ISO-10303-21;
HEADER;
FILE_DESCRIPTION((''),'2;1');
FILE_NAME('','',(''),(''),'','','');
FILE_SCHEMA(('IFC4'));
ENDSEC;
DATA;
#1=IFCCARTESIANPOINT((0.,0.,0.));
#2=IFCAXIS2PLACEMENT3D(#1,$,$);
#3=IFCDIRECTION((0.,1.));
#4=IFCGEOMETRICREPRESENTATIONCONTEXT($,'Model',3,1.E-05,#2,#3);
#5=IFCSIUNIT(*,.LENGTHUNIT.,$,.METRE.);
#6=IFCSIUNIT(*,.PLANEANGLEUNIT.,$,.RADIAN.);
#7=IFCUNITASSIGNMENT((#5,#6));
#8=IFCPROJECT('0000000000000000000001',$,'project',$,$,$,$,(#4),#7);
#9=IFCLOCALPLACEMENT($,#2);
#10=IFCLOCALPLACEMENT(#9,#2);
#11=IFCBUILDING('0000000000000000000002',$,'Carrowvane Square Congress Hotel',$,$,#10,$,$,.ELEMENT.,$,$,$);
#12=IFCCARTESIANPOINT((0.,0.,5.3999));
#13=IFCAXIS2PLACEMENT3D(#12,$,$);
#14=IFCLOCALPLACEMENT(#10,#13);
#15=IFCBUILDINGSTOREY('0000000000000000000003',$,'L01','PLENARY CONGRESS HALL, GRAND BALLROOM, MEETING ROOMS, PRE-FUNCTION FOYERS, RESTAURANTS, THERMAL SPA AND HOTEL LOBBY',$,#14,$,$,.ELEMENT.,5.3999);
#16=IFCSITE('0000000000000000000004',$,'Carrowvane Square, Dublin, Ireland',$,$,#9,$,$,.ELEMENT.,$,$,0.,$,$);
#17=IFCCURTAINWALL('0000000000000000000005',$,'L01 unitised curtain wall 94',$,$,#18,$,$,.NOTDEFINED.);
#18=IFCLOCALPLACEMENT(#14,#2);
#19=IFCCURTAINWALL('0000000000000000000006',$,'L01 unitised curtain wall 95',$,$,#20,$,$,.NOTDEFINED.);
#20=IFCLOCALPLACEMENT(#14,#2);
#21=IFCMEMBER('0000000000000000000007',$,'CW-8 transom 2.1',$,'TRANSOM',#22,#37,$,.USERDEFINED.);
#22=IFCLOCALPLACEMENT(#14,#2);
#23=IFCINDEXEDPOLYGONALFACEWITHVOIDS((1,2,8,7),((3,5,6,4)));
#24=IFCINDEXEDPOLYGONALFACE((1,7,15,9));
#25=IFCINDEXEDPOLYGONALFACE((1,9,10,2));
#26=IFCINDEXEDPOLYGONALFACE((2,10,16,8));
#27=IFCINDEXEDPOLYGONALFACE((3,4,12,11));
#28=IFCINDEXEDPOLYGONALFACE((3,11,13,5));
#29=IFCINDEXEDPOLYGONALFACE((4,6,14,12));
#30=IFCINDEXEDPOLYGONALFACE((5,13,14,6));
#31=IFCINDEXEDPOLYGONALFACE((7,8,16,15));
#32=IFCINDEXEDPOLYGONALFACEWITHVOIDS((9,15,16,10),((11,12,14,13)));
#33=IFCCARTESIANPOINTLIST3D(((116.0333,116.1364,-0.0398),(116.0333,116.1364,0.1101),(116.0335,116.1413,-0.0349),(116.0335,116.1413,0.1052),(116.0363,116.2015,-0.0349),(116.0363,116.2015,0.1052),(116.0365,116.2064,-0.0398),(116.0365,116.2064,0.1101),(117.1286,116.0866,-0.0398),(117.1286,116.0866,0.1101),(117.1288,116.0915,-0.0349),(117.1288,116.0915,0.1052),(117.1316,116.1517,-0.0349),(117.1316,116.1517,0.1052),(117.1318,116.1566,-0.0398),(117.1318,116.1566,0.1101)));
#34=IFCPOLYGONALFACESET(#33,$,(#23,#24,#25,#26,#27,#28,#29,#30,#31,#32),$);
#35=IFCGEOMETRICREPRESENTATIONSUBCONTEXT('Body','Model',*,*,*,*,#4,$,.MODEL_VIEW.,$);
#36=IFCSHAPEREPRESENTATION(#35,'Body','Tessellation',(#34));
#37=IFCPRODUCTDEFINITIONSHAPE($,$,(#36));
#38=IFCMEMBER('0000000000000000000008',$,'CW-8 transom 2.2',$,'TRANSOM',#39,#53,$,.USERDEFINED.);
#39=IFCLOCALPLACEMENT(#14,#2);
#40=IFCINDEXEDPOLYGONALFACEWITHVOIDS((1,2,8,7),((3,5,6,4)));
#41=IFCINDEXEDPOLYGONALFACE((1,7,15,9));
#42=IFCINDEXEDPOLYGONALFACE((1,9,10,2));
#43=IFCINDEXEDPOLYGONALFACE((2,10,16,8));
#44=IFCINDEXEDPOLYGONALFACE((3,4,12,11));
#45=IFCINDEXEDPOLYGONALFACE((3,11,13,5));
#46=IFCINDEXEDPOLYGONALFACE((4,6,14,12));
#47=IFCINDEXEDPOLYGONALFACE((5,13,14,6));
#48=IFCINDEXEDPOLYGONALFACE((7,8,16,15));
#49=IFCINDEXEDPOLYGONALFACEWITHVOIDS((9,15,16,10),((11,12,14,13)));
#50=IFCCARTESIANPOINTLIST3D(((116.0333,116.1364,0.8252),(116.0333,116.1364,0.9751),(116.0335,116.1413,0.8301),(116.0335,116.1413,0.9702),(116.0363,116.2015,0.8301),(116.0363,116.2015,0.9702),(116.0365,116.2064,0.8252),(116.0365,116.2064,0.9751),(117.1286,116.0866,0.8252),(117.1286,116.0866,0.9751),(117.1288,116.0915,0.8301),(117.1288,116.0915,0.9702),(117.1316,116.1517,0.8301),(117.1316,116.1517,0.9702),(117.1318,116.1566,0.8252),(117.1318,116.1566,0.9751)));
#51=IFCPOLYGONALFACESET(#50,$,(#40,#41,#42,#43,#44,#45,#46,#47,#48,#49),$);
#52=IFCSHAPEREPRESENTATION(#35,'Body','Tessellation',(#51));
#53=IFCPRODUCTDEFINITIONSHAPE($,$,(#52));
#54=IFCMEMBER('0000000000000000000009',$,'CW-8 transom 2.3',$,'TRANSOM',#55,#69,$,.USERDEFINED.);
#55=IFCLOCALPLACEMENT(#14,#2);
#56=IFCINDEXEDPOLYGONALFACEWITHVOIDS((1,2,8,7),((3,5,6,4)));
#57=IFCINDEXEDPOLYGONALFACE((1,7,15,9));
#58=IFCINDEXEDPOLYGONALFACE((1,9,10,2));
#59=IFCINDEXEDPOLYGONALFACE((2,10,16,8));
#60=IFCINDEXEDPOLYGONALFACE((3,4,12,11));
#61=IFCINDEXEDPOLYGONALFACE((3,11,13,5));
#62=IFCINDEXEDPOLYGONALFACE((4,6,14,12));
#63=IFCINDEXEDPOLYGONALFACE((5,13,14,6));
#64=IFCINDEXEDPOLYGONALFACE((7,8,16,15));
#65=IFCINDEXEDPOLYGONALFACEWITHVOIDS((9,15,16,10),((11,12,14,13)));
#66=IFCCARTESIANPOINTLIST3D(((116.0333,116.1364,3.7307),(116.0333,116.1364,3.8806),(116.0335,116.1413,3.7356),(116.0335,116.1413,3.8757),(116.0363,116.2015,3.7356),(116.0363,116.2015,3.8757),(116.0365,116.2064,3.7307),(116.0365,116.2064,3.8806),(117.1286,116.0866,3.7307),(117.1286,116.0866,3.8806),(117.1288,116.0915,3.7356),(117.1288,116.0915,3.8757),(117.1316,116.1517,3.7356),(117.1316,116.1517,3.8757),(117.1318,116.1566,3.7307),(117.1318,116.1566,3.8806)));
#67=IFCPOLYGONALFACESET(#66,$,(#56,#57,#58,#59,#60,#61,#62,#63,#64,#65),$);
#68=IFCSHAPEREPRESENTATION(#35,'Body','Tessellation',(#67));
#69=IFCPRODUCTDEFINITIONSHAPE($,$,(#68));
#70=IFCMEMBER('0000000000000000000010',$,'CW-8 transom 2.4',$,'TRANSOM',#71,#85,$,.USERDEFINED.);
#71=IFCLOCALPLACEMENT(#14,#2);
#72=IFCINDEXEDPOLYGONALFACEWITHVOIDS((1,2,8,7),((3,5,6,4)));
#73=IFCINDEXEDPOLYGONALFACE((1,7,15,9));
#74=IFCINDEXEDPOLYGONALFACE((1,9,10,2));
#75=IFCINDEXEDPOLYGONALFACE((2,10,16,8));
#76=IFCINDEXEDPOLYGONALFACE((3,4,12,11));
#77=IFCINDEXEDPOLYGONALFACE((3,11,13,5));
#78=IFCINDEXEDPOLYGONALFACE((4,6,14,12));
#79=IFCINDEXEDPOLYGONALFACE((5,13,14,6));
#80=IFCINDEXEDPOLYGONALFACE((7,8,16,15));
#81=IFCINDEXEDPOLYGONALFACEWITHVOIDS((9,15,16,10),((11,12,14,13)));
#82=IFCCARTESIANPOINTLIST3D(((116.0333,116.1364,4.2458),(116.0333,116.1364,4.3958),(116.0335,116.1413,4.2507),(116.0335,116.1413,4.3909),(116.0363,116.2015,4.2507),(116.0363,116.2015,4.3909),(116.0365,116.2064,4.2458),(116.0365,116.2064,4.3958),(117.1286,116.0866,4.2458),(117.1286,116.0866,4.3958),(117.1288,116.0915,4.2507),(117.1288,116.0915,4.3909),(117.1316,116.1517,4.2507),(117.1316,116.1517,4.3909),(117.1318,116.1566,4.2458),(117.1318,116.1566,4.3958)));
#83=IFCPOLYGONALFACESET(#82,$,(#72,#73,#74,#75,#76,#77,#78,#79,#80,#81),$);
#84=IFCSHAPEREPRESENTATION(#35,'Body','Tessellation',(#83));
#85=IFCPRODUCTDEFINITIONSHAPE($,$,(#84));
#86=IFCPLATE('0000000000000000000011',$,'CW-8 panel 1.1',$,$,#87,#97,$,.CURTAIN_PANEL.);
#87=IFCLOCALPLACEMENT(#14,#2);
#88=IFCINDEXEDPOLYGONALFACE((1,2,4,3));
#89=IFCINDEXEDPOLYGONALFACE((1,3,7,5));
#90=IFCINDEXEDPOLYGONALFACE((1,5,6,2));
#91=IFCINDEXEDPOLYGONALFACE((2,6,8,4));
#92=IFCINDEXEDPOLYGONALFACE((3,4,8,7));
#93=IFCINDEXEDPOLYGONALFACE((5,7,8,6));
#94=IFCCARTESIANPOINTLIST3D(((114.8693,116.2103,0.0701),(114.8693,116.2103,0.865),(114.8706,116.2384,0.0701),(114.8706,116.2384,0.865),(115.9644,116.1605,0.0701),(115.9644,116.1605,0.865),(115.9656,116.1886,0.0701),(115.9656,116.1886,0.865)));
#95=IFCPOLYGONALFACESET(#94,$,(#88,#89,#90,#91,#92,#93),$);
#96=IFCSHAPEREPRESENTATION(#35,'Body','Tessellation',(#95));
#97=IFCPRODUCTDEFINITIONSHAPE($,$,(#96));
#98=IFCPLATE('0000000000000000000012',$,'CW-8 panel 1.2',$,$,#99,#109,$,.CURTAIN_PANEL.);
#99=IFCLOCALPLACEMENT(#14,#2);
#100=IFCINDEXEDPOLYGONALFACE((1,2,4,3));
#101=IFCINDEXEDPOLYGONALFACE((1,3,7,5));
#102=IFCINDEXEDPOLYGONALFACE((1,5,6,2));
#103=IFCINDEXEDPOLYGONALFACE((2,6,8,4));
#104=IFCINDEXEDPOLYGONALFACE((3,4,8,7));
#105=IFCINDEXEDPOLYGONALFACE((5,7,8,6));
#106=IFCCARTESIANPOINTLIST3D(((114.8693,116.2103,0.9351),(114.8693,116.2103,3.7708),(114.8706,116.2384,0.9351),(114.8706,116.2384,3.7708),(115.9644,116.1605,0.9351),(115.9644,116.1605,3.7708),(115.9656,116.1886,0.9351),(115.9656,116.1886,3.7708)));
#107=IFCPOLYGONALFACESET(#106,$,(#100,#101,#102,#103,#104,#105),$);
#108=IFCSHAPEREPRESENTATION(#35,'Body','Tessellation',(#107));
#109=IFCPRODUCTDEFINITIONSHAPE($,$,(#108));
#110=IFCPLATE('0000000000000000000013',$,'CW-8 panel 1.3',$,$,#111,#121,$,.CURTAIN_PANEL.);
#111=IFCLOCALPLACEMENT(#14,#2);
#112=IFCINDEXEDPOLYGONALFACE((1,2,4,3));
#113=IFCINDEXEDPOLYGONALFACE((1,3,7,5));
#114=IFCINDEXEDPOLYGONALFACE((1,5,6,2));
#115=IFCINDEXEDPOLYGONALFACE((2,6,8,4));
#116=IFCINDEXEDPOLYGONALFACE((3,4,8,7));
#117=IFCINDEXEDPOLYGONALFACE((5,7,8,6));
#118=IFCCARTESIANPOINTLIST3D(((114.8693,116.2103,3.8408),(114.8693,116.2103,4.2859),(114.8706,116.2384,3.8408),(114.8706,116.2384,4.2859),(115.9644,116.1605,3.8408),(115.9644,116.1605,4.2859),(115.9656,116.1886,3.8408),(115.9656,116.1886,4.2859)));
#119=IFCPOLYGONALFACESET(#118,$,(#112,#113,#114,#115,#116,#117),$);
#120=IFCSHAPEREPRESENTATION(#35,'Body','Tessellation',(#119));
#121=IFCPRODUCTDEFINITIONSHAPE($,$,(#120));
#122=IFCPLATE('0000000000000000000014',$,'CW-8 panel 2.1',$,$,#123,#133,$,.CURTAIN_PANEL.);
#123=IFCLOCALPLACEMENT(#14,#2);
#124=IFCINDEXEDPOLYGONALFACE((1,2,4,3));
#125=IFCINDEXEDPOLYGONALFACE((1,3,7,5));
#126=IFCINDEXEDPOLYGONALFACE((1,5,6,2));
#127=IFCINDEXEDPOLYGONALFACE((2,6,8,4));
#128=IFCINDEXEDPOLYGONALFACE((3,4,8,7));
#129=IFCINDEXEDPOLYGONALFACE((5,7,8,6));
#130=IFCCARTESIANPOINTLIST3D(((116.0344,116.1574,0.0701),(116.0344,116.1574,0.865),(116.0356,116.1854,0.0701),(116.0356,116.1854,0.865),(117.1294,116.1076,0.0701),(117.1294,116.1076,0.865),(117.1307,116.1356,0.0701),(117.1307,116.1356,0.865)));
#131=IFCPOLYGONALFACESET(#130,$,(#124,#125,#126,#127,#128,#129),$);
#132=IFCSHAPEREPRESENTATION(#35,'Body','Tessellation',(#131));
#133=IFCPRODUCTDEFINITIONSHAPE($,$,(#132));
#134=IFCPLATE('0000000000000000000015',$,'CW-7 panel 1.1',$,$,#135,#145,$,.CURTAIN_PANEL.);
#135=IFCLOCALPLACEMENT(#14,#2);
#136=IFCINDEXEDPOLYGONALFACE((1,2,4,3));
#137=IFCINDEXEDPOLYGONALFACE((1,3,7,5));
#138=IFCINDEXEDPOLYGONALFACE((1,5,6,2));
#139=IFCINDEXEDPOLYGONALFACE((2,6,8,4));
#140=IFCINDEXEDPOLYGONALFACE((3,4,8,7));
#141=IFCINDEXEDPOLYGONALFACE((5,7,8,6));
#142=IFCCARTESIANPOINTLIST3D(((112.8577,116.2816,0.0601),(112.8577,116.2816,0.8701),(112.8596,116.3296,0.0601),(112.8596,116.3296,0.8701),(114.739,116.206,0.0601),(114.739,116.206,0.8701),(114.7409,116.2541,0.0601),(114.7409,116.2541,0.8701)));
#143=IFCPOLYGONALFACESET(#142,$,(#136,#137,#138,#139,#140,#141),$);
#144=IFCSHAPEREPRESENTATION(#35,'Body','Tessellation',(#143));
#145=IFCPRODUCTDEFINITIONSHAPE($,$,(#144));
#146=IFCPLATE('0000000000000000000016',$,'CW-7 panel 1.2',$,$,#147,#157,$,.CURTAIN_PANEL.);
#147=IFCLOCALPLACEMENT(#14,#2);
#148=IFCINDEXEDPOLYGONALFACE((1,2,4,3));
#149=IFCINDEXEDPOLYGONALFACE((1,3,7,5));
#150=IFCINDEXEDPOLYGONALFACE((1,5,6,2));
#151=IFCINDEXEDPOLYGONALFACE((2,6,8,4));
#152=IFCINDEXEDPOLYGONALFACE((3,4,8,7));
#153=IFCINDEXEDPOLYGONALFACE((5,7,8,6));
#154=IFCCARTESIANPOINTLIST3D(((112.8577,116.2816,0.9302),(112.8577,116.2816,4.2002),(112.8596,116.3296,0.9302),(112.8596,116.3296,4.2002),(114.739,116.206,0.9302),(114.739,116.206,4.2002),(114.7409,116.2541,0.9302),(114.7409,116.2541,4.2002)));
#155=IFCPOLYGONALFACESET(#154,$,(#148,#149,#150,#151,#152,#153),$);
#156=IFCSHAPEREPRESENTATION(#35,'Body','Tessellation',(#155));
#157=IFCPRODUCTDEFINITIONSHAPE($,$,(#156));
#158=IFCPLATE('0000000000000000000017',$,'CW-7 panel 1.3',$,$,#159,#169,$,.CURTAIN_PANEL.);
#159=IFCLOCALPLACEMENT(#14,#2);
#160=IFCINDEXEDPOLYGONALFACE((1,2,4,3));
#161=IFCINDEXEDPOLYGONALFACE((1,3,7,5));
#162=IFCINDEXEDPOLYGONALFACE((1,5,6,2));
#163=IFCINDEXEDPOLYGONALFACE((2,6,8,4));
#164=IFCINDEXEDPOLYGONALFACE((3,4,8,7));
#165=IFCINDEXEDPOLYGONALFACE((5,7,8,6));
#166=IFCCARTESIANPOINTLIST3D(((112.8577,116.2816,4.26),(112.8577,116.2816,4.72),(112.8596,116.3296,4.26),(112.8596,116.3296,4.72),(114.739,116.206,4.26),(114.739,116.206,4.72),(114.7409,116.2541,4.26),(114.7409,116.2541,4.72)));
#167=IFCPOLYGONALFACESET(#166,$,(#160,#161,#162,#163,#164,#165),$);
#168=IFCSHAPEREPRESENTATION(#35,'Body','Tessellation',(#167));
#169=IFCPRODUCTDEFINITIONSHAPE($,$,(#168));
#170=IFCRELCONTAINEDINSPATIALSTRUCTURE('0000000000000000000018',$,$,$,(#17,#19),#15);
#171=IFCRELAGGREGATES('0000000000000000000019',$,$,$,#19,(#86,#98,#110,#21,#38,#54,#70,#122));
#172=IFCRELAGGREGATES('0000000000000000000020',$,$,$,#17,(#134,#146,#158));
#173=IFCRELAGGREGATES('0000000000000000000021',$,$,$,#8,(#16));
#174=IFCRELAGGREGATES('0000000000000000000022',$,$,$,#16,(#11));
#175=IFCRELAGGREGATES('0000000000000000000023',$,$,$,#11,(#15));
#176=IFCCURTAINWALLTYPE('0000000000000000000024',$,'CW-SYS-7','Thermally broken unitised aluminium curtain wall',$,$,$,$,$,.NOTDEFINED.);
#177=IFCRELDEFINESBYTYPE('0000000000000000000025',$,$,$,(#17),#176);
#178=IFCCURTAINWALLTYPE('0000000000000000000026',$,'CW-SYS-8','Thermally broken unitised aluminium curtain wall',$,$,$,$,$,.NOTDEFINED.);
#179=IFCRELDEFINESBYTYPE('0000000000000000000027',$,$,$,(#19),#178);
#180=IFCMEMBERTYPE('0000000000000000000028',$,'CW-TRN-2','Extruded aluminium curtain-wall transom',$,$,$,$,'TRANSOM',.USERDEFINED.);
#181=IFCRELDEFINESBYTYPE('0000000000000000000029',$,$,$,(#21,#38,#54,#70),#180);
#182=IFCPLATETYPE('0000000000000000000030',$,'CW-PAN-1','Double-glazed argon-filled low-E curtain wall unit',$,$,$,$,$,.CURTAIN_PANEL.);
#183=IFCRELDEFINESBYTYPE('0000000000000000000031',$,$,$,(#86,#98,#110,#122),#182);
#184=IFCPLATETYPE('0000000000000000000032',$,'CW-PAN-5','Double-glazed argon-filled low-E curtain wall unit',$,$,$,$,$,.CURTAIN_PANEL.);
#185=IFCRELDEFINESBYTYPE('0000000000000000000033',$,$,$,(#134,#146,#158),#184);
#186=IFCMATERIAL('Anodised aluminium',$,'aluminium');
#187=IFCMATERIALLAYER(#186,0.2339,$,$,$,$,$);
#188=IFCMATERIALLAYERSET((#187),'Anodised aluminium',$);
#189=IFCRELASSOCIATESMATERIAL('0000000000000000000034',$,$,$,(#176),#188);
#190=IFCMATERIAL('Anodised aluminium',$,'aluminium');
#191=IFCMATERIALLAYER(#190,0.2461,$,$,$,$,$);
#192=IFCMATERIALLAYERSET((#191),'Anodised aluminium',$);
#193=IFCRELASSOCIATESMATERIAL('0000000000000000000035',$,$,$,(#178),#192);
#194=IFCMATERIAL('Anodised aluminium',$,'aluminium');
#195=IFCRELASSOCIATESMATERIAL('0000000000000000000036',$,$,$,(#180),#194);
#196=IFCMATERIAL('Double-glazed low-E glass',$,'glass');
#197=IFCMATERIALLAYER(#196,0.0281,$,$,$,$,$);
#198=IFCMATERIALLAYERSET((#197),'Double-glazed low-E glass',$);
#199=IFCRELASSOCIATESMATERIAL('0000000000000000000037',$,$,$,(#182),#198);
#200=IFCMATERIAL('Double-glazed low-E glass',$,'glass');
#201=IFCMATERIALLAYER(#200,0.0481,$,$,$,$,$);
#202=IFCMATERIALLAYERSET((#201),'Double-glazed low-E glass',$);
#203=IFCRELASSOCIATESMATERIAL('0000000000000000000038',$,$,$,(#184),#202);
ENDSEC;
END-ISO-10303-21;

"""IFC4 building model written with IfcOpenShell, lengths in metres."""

from ifc_helpers import new_model, si_unit, direction, frame, origin, origin_2d, place, context, subcontext, project, spatial, rectangle, hollow_rectangle, extrude, material, layer, layer_set, material_profile, profile_set, type_object, element, aggregate, save


model = new_model("IFC4")

# Units and contexts
model_context = context("Model", 3, precision=1e-05, world=origin(), true_north=direction((0.0, 1.0)))
body_context = subcontext(model_context, "Body", "Model", "MODEL_VIEW")
ifc_project = project(units=[si_unit("LENGTHUNIT", "METRE"), si_unit("PLANEANGLEUNIT", "RADIAN")], contexts=[model_context])

# Site, building, storey
site_placement = place(None, origin())
site = spatial("IfcSite", under=ifc_project, at=site_placement, Name="Carrowvane Square, Dublin, Ireland", CompositionType="ELEMENT", RefElevation=0.0)
building_placement = place(site_placement, origin())
building = spatial("IfcBuilding", under=site, at=building_placement, Name="Carrowvane Square Congress Hotel", CompositionType="ELEMENT")
storey_placement = place(building_placement, frame((0.0, 0.0, 5.3999)))
storey = spatial("IfcBuildingStorey", under=building, at=storey_placement, Name="L01", Description="PLENARY CONGRESS HALL, GRAND BALLROOM, MEETING ROOMS, PRE-FUNCTION FOYERS, RESTAURANTS, THERMAL SPA AND HOTEL LOBBY", CompositionType="ELEMENT", Elevation=5.3999)

# Curtain wall
ifc_material_1 = material(Name="Anodised aluminium", Category="aluminium")
ifc_layer_1 = layer(ifc_material_1, 0.2339)
ifc_layer_set_1 = layer_set([ifc_layer_1], Name="Anodised aluminium")
curtain_wall_type_1 = type_object("IfcCurtainWallType", Name="CW-SYS-7", Description="Thermally broken unitised aluminium curtain wall", PredefinedType="NOTDEFINED", material=ifc_layer_set_1)
curtain_wall_1_placement = place(storey_placement, origin())
curtain_wall_1 = element("IfcCurtainWall", 1, at=curtain_wall_1_placement, inside=storey, type_object=curtain_wall_type_1, Name="L01 unitised curtain wall 94", PredefinedType="NOTDEFINED")

# Curtain wall
ifc_material_2 = material(Name="Anodised aluminium", Category="aluminium")
ifc_layer_2 = layer(ifc_material_2, 0.2461)
ifc_layer_set_2 = layer_set([ifc_layer_2], Name="Anodised aluminium")
curtain_wall_type_2 = type_object("IfcCurtainWallType", Name="CW-SYS-8", Description="Thermally broken unitised aluminium curtain wall", PredefinedType="NOTDEFINED", material=ifc_layer_set_2)
curtain_wall_2_placement = place(storey_placement, origin())
curtain_wall_2 = element("IfcCurtainWall", 2, at=curtain_wall_2_placement, inside=storey, type_object=curtain_wall_type_2, Name="L01 unitised curtain wall 95", PredefinedType="NOTDEFINED")

# Members
ifc_material_3 = material(Name="Anodised aluminium", Category="aluminium")
ifc_material_profile_1 = material_profile(ifc_material_3, hollow_rectangle(XDim=0.0701, YDim=0.1499, WallThickness=0.0049, at=origin_2d()), Name="CW-TR 70x150x5")
ifc_profile_set_1 = profile_set([ifc_material_profile_1], Name="Anodised aluminium")
member_type_1 = type_object("IfcMemberType", Name="CW-TRN-2", Description="Extruded aluminium curtain-wall transom", ElementType="TRANSOM", PredefinedType="USERDEFINED", material=ifc_profile_set_1)
member_1_placement = place(storey_placement, frame((116.0349, 116.1714, 0.0352), z_axis=(0.998968, -0.045428, 0.0), x_axis=(0.045428, 0.998968, 0.0)))
member_1 = element("IfcMember", 3, at=member_1_placement, type_object=member_type_1, Name="CW-8 transom 2.1", ObjectType="TRANSOM", PredefinedType="USERDEFINED", context=body_context, shape_type="SweptSolid", body=[
    extrude(hollow_rectangle(XDim=0.0701, YDim=0.1499, WallThickness=0.0049, at=origin_2d()), origin(), (0.0, 0.0, 1.0), 1.0964),
])
member_2_placement = place(storey_placement, frame((116.0349, 116.1714, 0.9001), z_axis=(0.998968, -0.045428, 0.0), x_axis=(0.045428, 0.998968, 0.0)))
member_2 = element("IfcMember", 4, at=member_2_placement, type_object=member_type_1, Name="CW-8 transom 2.2", ObjectType="TRANSOM", PredefinedType="USERDEFINED", context=body_context, shape_type="SweptSolid", body=[
    extrude(hollow_rectangle(XDim=0.0701, YDim=0.1499, WallThickness=0.0049, at=origin_2d()), origin(), (0.0, 0.0, 1.0), 1.0964),
])
member_3_placement = place(storey_placement, frame((116.0349, 116.1714, 3.8057), z_axis=(0.998968, -0.045428, 0.0), x_axis=(0.045428, 0.998968, 0.0)))
member_3 = element("IfcMember", 5, at=member_3_placement, type_object=member_type_1, Name="CW-8 transom 2.3", ObjectType="TRANSOM", PredefinedType="USERDEFINED", context=body_context, shape_type="SweptSolid", body=[
    extrude(hollow_rectangle(XDim=0.0701, YDim=0.1499, WallThickness=0.0049, at=origin_2d()), origin(), (0.0, 0.0, 1.0), 1.0964),
])
member_4_placement = place(storey_placement, frame((116.0349, 116.1714, 4.3208), z_axis=(0.998968, -0.045428, 0.0), x_axis=(0.045428, 0.998968, 0.0)))
member_4 = element("IfcMember", 6, at=member_4_placement, type_object=member_type_1, Name="CW-8 transom 2.4", ObjectType="TRANSOM", PredefinedType="USERDEFINED", context=body_context, shape_type="SweptSolid", body=[
    extrude(hollow_rectangle(XDim=0.0701, YDim=0.1499, WallThickness=0.0049, at=origin_2d()), origin(), (0.0, 0.0, 1.0), 1.0964),
])

# Plates
ifc_material_4 = material(Name="Double-glazed low-E glass", Category="glass")
ifc_layer_3 = layer(ifc_material_4, 0.0281)
ifc_layer_set_3 = layer_set([ifc_layer_3], Name="Double-glazed low-E glass")
plate_type_1 = type_object("IfcPlateType", Name="CW-PAN-1", Description="Double-glazed argon-filled low-E curtain wall unit", PredefinedType="CURTAIN_PANEL", material=ifc_layer_set_3)
plate_1_placement = place(storey_placement, frame((115.4175, 116.1995, 0.0701), z_axis=(0.0, 0.0, 1.0), x_axis=(0.998968, -0.045411, 0.0)))
plate_1 = element("IfcPlate", 7, at=plate_1_placement, type_object=plate_type_1, Name="CW-8 panel 1.1", PredefinedType="CURTAIN_PANEL", context=body_context, shape_type="SweptSolid", body=[
    extrude(rectangle(XDim=1.0962, YDim=0.0281, at=origin_2d()), origin(), (0.0, 0.0, 1.0), 0.7949),
])
plate_2_placement = place(storey_placement, frame((115.4175, 116.1995, 0.9351), z_axis=(0.0, 0.0, 1.0), x_axis=(0.998968, -0.045411, 0.0)))
plate_2 = element("IfcPlate", 8, at=plate_2_placement, type_object=plate_type_1, Name="CW-8 panel 1.2", PredefinedType="CURTAIN_PANEL", context=body_context, shape_type="SweptSolid", body=[
    extrude(rectangle(XDim=1.0962, YDim=0.0281, at=origin_2d()), origin(), (0.0, 0.0, 1.0), 2.8357),
])
plate_3_placement = place(storey_placement, frame((115.4175, 116.1995, 3.8408), z_axis=(0.0, 0.0, 1.0), x_axis=(0.998968, -0.045411, 0.0)))
plate_3 = element("IfcPlate", 9, at=plate_3_placement, type_object=plate_type_1, Name="CW-8 panel 1.3", PredefinedType="CURTAIN_PANEL", context=body_context, shape_type="SweptSolid", body=[
    extrude(rectangle(XDim=1.0962, YDim=0.0281, at=origin_2d()), origin(), (0.0, 0.0, 1.0), 0.4451),
])
plate_4_placement = place(storey_placement, frame((116.5825, 116.1465, 0.0701), z_axis=(0.0, 0.0, 1.0), x_axis=(0.998968, -0.045411, 0.0)))
plate_4 = element("IfcPlate", 10, at=plate_4_placement, type_object=plate_type_1, Name="CW-8 panel 2.1", PredefinedType="CURTAIN_PANEL", context=body_context, shape_type="SweptSolid", body=[
    extrude(rectangle(XDim=1.0962, YDim=0.0281, at=origin_2d()), origin(), (0.0, 0.0, 1.0), 0.7949),
])
aggregate(curtain_wall_2, [plate_1, plate_2, plate_3, member_1, member_2, member_3, member_4, plate_4])
ifc_material_5 = material(Name="Double-glazed low-E glass", Category="glass")
ifc_layer_4 = layer(ifc_material_5, 0.0481)
ifc_layer_set_4 = layer_set([ifc_layer_4], Name="Double-glazed low-E glass")
plate_type_2 = type_object("IfcPlateType", Name="CW-PAN-5", Description="Double-glazed argon-filled low-E curtain wall unit", PredefinedType="CURTAIN_PANEL", material=ifc_layer_set_4)
plate_5_placement = place(storey_placement, frame((113.7993, 116.2678, 0.0601), z_axis=(0.0, 0.0, 1.0), x_axis=(0.999194, -0.040131, 0.0)))
plate_5 = element("IfcPlate", 11, at=plate_5_placement, type_object=plate_type_2, Name="CW-7 panel 1.1", PredefinedType="CURTAIN_PANEL", context=body_context, shape_type="SweptSolid", body=[
    extrude(rectangle(XDim=1.8828, YDim=0.0481, at=origin_2d()), origin(), (0.0, 0.0, 1.0), 0.8101),
])
plate_6_placement = place(storey_placement, frame((113.7993, 116.2678, 0.9302), z_axis=(0.0, 0.0, 1.0), x_axis=(0.999194, -0.040131, 0.0)))
plate_6 = element("IfcPlate", 12, at=plate_6_placement, type_object=plate_type_2, Name="CW-7 panel 1.2", PredefinedType="CURTAIN_PANEL", context=body_context, shape_type="SweptSolid", body=[
    extrude(rectangle(XDim=1.8828, YDim=0.0481, at=origin_2d()), origin(), (0.0, 0.0, 1.0), 3.27),
])
plate_7_placement = place(storey_placement, frame((113.7993, 116.2678, 4.26), z_axis=(0.0, 0.0, 1.0), x_axis=(0.999194, -0.040131, 0.0)))
plate_7 = element("IfcPlate", 13, at=plate_7_placement, type_object=plate_type_2, Name="CW-7 panel 1.3", PredefinedType="CURTAIN_PANEL", context=body_context, shape_type="SweptSolid", body=[
    extrude(rectangle(XDim=1.8828, YDim=0.0481, at=origin_2d()), origin(), (0.0, 0.0, 1.0), 0.46),
])
aggregate(curtain_wall_1, [plate_5, plate_6, plate_7])

save(model, "model.ifc")
